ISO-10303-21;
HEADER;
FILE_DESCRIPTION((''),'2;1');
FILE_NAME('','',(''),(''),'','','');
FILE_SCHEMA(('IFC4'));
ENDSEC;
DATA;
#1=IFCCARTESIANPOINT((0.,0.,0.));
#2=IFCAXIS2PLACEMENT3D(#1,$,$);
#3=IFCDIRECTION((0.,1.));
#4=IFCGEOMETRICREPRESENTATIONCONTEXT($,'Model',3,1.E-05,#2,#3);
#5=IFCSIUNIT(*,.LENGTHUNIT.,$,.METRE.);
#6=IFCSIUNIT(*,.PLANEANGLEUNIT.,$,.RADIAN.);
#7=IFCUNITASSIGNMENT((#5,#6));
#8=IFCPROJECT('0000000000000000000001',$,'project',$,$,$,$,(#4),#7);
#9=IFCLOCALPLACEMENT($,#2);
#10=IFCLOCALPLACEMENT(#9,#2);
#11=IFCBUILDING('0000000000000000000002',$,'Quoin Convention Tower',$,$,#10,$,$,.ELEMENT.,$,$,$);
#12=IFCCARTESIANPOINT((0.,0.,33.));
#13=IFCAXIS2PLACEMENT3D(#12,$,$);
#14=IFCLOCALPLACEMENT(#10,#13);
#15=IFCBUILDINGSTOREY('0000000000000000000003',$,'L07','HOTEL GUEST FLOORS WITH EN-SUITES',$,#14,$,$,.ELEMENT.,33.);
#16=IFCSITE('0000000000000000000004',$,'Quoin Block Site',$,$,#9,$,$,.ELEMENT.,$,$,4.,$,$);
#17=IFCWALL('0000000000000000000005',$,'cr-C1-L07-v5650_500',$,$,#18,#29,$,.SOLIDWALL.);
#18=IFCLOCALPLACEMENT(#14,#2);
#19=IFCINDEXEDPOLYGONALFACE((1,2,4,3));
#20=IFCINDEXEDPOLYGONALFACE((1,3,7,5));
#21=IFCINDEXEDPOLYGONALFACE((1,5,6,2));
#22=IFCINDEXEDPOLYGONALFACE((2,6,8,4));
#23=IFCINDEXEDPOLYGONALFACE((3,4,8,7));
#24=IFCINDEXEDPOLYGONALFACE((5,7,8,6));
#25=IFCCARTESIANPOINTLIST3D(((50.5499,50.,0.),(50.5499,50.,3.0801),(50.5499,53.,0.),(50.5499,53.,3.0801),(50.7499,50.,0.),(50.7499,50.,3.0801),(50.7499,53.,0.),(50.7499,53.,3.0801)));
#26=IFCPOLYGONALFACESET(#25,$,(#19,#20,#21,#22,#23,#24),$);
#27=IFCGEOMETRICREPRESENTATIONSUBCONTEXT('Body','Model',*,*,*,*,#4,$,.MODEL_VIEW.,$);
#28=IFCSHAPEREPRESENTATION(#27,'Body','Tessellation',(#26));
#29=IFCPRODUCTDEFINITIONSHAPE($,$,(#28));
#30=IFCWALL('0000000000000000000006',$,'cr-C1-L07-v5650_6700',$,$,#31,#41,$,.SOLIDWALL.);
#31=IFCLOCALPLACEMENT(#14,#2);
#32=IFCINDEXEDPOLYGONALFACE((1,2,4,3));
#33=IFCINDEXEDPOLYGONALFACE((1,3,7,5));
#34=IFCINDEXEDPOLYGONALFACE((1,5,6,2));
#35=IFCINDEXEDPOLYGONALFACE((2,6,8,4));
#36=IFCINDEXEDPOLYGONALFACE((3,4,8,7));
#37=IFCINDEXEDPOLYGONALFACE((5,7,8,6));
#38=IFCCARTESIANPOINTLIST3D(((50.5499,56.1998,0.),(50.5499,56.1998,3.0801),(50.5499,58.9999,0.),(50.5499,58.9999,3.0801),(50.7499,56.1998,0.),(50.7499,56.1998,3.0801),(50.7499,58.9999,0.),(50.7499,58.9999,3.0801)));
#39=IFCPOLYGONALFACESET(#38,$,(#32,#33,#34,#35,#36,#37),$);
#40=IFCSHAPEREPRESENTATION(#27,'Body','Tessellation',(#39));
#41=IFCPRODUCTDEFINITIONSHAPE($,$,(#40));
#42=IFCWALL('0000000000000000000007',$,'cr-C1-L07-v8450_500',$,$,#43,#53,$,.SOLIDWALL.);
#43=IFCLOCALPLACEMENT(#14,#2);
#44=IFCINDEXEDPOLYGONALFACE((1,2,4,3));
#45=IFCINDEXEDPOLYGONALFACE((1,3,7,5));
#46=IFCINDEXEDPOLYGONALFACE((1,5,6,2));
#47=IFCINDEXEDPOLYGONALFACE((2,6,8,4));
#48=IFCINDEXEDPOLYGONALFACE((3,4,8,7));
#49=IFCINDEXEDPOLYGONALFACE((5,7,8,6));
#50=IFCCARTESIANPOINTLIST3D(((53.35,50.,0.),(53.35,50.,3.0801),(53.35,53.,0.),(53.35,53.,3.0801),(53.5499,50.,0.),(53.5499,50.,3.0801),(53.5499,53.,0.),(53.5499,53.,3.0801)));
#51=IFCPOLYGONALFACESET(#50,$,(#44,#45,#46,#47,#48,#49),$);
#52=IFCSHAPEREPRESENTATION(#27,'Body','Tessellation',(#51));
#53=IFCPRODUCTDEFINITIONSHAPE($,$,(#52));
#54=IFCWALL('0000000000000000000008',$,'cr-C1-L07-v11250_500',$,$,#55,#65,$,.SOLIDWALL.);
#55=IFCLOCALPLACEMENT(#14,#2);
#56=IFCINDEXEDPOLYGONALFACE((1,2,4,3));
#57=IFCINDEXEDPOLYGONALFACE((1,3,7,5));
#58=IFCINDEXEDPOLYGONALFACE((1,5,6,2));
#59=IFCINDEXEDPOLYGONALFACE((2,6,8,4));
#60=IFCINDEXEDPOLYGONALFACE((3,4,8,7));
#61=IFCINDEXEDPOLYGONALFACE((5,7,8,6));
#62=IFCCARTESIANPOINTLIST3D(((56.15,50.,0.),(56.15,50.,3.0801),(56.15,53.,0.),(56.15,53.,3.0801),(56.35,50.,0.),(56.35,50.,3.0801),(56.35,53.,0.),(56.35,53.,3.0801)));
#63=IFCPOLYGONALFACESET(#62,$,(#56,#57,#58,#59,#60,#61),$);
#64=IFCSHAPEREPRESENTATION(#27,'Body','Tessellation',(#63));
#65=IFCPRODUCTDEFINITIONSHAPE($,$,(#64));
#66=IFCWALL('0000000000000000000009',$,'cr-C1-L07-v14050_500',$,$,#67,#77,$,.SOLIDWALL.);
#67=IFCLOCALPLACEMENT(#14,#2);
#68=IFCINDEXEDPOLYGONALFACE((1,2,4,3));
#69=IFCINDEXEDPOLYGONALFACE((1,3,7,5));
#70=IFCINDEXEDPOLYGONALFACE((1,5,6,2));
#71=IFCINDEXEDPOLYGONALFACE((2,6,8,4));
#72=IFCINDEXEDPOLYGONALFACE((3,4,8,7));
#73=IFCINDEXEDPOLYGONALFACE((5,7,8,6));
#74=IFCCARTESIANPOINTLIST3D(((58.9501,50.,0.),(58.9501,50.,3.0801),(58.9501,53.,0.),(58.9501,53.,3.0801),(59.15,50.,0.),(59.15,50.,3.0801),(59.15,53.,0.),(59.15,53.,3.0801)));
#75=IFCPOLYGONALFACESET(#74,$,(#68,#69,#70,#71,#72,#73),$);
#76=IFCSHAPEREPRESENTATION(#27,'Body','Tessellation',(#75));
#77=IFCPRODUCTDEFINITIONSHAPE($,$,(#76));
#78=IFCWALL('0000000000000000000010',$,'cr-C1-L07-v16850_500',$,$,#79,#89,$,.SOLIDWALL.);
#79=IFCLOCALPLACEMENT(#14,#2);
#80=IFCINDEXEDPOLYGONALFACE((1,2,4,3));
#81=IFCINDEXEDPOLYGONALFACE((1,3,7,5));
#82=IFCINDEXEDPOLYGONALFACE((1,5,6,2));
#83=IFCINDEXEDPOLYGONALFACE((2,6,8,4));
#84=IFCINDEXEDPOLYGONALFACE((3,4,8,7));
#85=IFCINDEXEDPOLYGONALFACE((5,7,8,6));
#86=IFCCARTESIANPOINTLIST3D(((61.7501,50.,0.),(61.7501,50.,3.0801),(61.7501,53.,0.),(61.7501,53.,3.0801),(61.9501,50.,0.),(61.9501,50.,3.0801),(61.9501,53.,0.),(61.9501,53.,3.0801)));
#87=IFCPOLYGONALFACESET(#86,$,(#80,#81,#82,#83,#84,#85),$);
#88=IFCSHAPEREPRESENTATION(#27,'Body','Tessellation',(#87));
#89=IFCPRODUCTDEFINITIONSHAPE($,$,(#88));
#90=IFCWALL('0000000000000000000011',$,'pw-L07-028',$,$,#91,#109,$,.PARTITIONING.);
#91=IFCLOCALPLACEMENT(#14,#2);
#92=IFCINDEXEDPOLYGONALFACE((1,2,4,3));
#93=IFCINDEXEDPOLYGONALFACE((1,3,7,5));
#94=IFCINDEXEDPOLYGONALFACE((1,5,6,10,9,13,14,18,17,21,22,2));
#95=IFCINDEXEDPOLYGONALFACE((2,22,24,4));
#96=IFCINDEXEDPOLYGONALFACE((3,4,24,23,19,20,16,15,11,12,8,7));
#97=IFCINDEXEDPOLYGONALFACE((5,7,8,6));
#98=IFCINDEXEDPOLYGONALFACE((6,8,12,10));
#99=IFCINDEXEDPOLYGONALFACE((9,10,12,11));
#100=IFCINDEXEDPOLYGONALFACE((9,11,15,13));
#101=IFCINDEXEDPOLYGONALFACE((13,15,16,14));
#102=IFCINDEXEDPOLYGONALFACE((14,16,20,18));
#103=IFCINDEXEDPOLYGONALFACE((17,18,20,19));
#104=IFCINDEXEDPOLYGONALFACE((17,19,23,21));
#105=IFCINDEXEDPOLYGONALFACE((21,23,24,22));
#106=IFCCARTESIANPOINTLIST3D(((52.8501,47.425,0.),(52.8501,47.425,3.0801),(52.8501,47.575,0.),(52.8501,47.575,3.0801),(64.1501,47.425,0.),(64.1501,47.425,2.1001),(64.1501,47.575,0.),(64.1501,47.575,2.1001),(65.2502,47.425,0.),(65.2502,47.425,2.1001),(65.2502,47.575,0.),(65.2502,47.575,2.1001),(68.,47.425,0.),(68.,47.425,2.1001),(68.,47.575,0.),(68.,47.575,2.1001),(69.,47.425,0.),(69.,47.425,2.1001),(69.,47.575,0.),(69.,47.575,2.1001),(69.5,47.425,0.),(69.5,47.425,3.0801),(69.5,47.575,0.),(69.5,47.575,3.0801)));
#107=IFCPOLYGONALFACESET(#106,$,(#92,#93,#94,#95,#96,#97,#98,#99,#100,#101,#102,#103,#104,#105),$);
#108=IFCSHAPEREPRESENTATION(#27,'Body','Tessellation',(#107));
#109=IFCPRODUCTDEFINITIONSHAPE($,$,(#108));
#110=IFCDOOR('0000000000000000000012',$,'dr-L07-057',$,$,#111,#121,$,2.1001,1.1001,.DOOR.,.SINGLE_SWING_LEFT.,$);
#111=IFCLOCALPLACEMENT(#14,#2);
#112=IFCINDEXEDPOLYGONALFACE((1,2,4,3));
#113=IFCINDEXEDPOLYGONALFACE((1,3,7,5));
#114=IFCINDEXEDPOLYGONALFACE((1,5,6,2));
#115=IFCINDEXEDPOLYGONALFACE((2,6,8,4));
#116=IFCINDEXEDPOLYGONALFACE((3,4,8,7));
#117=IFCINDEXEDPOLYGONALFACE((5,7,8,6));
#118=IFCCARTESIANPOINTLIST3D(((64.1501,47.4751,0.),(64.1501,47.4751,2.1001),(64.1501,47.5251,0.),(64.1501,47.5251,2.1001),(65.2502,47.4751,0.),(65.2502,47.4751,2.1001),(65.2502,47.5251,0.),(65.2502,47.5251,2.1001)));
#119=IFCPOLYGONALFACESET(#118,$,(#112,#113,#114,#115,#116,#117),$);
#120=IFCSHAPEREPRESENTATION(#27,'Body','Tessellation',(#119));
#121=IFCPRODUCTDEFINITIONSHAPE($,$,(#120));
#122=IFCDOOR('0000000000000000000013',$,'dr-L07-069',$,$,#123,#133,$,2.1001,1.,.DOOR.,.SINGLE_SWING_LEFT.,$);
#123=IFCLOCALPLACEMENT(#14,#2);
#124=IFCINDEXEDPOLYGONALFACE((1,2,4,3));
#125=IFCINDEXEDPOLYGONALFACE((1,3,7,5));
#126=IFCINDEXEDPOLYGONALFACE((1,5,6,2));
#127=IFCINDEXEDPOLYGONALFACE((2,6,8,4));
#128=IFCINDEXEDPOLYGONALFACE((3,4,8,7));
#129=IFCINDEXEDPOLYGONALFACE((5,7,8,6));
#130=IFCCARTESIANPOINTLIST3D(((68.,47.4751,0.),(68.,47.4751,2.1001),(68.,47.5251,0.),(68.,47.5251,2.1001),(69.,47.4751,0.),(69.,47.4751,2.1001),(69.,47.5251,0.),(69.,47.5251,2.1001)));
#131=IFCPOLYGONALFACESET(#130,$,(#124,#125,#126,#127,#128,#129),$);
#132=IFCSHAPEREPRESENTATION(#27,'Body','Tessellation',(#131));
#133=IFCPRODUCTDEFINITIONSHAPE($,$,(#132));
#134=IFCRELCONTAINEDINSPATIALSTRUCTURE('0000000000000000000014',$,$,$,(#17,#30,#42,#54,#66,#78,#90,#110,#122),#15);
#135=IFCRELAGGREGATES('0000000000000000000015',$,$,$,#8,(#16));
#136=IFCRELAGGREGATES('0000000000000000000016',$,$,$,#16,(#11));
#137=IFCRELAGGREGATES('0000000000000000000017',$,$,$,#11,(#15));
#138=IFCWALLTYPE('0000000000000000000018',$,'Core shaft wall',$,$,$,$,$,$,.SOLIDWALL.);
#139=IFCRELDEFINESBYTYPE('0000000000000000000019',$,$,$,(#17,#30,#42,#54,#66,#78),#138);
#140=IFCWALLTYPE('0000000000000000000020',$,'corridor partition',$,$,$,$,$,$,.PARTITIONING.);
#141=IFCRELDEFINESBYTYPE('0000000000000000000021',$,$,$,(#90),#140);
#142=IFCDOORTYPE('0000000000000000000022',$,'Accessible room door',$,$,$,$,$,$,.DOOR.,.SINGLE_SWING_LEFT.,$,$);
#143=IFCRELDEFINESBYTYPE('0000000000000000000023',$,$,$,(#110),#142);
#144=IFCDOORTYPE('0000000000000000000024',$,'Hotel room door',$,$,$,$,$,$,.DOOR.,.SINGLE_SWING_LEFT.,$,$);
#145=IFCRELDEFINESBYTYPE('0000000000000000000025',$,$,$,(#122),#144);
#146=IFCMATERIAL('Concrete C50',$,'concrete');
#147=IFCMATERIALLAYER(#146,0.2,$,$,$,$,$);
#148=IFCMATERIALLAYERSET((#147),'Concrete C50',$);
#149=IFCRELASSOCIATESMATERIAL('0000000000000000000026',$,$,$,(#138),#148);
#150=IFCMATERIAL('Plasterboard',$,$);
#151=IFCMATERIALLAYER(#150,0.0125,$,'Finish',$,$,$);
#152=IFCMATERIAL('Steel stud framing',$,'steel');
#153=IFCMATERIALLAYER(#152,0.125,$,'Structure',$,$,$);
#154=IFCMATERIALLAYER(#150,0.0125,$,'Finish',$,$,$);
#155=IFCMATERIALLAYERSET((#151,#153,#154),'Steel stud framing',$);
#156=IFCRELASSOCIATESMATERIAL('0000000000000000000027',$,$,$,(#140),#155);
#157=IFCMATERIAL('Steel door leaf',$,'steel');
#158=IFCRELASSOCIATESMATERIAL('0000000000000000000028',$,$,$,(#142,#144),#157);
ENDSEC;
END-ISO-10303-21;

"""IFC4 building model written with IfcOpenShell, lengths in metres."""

from ifc_helpers import new_model, si_unit, direction, frame, frame_2d, origin, place, context, subcontext, project, spatial, rectangle, extrude, material, layer, layer_set, type_object, element, fill, save


model = new_model("IFC4")

# Units and contexts
model_context = context("Model", 3, precision=1e-05, world=origin(), true_north=direction((0.0, 1.0)))
body_context = subcontext(model_context, "Body", "Model", "MODEL_VIEW")
ifc_project = project(units=[si_unit("LENGTHUNIT", "METRE"), si_unit("PLANEANGLEUNIT", "RADIAN")], contexts=[model_context])

# Site, building, storey
site_placement = place(None, origin())
site = spatial("IfcSite", under=ifc_project, at=site_placement, Name="Quoin Block Site", CompositionType="ELEMENT", RefElevation=4.0)
building_placement = place(site_placement, origin())
building = spatial("IfcBuilding", under=site, at=building_placement, Name="Quoin Convention Tower", CompositionType="ELEMENT")
storey_placement = place(building_placement, frame((0.0, 0.0, 33.0)))
storey = spatial("IfcBuildingStorey", under=building, at=storey_placement, Name="L07", Description="HOTEL GUEST FLOORS WITH EN-SUITES", CompositionType="ELEMENT", Elevation=33.0)

# Shared definitions
ifc_material_1 = material(Name="Plasterboard")
ifc_material_2 = material(Name="Steel stud framing", Category="steel")
ifc_material_3 = material(Name="Steel door leaf", Category="steel")

# Shared definitions
ifc_material_4 = material(Name="Concrete C50", Category="concrete")
ifc_layer_1 = layer(ifc_material_4, 0.2)
ifc_layer_set_1 = layer_set([ifc_layer_1], Name="Concrete C50")
wall_type_1 = type_object("IfcWallType", Name="Core shaft wall", PredefinedType="SOLIDWALL", material=ifc_layer_set_1)

# Walls
wall_1_placement = place(storey_placement, frame((50.6499, 50.0, 0.0), z_axis=(0.0, 0.0, 1.0), x_axis=(0.0, 1.0, 0.0)))
element("IfcWall", 1, at=wall_1_placement, inside=storey, type_object=wall_type_1, Name="cr-C1-L07-v5650_500", PredefinedType="SOLIDWALL", context=body_context, shape_type="SweptSolid", body=[
    extrude(rectangle(XDim=3.0, YDim=0.2, at=frame_2d((1.5, 0.0))), origin(), (0.0, 0.0, 1.0), 3.0801),
])
wall_2_placement = place(storey_placement, frame((50.6499, 56.2, 0.0), z_axis=(0.0, 0.0, 1.0), x_axis=(0.0, 1.0, 0.0)))
element("IfcWall", 2, at=wall_2_placement, inside=storey, type_object=wall_type_1, Name="cr-C1-L07-v5650_6700", PredefinedType="SOLIDWALL", context=body_context, shape_type="SweptSolid", body=[
    extrude(rectangle(XDim=2.8, YDim=0.2, at=frame_2d((1.3999, 0.0))), origin(), (0.0, 0.0, 1.0), 3.0801),
])
for number, where, z_axis, x_axis, name in (
    (3, (53.45, 50.0, 0.0), (0.0, 0.0, 1.0), (0.0, 1.0, 0.0), "cr-C1-L07-v8450_500"),
    (4, (56.25, 50.0, 0.0), (0.0, 0.0, 1.0), (0.0, 1.0, 0.0), "cr-C1-L07-v11250_500"),
    (5, (59.05, 50.0, 0.0), (0.0, 0.0, 1.0), (0.0, 1.0, 0.0), "cr-C1-L07-v14050_500"),
    (6, (61.8501, 50.0, 0.0), (0.0, 0.0, 1.0), (0.0, 1.0, 0.0), "cr-C1-L07-v16850_500"),
):
    element("IfcWall", number, at=place(storey_placement, frame(where, z_axis=z_axis, x_axis=x_axis)), inside=storey, type_object=wall_type_1, Name=name, PredefinedType="SOLIDWALL", context=body_context, shape_type="SweptSolid", body=[
        extrude(rectangle(XDim=3.0, YDim=0.2, at=frame_2d((1.5, 0.0))), origin(), (0.0, 0.0, 1.0), 3.0801),
    ])

# Wall, openings, doors
ifc_layer_2 = layer(ifc_material_1, 0.0125, Name="Finish")
ifc_layer_3 = layer(ifc_material_2, 0.125, Name="Structure")
ifc_layer_4 = layer(ifc_material_1, 0.0125, Name="Finish")
ifc_layer_set_2 = layer_set([ifc_layer_2, ifc_layer_3, ifc_layer_4], Name="Steel stud framing")
wall_type_2 = type_object("IfcWallType", Name="corridor partition", PredefinedType="PARTITIONING", material=ifc_layer_set_2)
wall_3_placement = place(storey_placement, frame((52.8501, 47.5, 0.0), z_axis=(0.0, 0.0, 1.0), x_axis=(1.0, 0.0, 0.0)))
wall_3 = element("IfcWall", 7, at=wall_3_placement, inside=storey, type_object=wall_type_2, Name="pw-L07-028", PredefinedType="PARTITIONING", context=body_context, shape_type="SweptSolid", body=[
    extrude(rectangle(XDim=16.6499, YDim=0.1499, at=frame_2d((8.325, 0.0))), origin(), (0.0, 0.0, 1.0), 3.0801),
])
opening_1_placement = place(wall_3_placement, frame((11.3, 0.0, 0.0)))
opening_1 = element("IfcOpeningElement", 8, at=opening_1_placement, cuts=wall_3, PredefinedType="OPENING", context=body_context, shape_type="SweptSolid", body=[
    extrude(rectangle(XDim=1.1001, YDim=2.1001, at=frame_2d((0.55, 1.05))), frame((0.0, 0.085, 0.0), z_axis=(0.0, -1.0, 0.0), x_axis=(1.0, 0.0, 0.0)), (0.0, 0.0, 1.0), 0.1699),
])
opening_2_placement = place(wall_3_placement, frame((15.1499, 0.0, 0.0)))
opening_2 = element("IfcOpeningElement", 9, at=opening_2_placement, cuts=wall_3, PredefinedType="OPENING", context=body_context, shape_type="SweptSolid", body=[
    extrude(rectangle(XDim=1.0, YDim=2.1001, at=frame_2d((0.5, 1.05))), frame((0.0, 0.085, 0.0), z_axis=(0.0, -1.0, 0.0), x_axis=(1.0, 0.0, 0.0)), (0.0, 0.0, 1.0), 0.1699),
])
door_type_1 = type_object("IfcDoorType", Name="Accessible room door", OperationType="SINGLE_SWING_LEFT", PredefinedType="DOOR", material=ifc_material_3)
door_1_placement = place(opening_1_placement, frame((1.1001, 0.0, 0.0), z_axis=(0.0, 0.0, 1.0), x_axis=(-1.0, 0.0, 0.0)))
door_1 = element("IfcDoor", 10, at=door_1_placement, inside=storey, type_object=door_type_1, Name="dr-L07-057", OperationType="SINGLE_SWING_LEFT", OverallHeight=2.1001, OverallWidth=1.1001, PredefinedType="DOOR", context=body_context, shape_type="SweptSolid", body=[
    extrude(rectangle(XDim=1.1001, YDim=2.1001, at=frame_2d((0.55, 1.05))), frame((0.0, 0.0249, 0.0), z_axis=(0.0, -1.0, 0.0), x_axis=(1.0, 0.0, 0.0)), (0.0, 0.0, 1.0), 0.05),
])
fill(opening_1, door_1)
door_type_2 = type_object("IfcDoorType", Name="Hotel room door", OperationType="SINGLE_SWING_LEFT", PredefinedType="DOOR", material=ifc_material_3)
door_2_placement = place(opening_2_placement, frame((1.0, 0.0, 0.0), z_axis=(0.0, 0.0, 1.0), x_axis=(-1.0, 0.0, 0.0)))
door_2 = element("IfcDoor", 11, at=door_2_placement, inside=storey, type_object=door_type_2, Name="dr-L07-069", OperationType="SINGLE_SWING_LEFT", OverallHeight=2.1001, OverallWidth=1.0, PredefinedType="DOOR", context=body_context, shape_type="SweptSolid", body=[
    extrude(rectangle(XDim=1.0, YDim=2.1001, at=frame_2d((0.5, 1.05))), frame((0.0, 0.0249, 0.0), z_axis=(0.0, -1.0, 0.0), x_axis=(1.0, 0.0, 0.0)), (0.0, 0.0, 1.0), 0.05),
])
fill(opening_2, door_2)

save(model, "model.ifc")
